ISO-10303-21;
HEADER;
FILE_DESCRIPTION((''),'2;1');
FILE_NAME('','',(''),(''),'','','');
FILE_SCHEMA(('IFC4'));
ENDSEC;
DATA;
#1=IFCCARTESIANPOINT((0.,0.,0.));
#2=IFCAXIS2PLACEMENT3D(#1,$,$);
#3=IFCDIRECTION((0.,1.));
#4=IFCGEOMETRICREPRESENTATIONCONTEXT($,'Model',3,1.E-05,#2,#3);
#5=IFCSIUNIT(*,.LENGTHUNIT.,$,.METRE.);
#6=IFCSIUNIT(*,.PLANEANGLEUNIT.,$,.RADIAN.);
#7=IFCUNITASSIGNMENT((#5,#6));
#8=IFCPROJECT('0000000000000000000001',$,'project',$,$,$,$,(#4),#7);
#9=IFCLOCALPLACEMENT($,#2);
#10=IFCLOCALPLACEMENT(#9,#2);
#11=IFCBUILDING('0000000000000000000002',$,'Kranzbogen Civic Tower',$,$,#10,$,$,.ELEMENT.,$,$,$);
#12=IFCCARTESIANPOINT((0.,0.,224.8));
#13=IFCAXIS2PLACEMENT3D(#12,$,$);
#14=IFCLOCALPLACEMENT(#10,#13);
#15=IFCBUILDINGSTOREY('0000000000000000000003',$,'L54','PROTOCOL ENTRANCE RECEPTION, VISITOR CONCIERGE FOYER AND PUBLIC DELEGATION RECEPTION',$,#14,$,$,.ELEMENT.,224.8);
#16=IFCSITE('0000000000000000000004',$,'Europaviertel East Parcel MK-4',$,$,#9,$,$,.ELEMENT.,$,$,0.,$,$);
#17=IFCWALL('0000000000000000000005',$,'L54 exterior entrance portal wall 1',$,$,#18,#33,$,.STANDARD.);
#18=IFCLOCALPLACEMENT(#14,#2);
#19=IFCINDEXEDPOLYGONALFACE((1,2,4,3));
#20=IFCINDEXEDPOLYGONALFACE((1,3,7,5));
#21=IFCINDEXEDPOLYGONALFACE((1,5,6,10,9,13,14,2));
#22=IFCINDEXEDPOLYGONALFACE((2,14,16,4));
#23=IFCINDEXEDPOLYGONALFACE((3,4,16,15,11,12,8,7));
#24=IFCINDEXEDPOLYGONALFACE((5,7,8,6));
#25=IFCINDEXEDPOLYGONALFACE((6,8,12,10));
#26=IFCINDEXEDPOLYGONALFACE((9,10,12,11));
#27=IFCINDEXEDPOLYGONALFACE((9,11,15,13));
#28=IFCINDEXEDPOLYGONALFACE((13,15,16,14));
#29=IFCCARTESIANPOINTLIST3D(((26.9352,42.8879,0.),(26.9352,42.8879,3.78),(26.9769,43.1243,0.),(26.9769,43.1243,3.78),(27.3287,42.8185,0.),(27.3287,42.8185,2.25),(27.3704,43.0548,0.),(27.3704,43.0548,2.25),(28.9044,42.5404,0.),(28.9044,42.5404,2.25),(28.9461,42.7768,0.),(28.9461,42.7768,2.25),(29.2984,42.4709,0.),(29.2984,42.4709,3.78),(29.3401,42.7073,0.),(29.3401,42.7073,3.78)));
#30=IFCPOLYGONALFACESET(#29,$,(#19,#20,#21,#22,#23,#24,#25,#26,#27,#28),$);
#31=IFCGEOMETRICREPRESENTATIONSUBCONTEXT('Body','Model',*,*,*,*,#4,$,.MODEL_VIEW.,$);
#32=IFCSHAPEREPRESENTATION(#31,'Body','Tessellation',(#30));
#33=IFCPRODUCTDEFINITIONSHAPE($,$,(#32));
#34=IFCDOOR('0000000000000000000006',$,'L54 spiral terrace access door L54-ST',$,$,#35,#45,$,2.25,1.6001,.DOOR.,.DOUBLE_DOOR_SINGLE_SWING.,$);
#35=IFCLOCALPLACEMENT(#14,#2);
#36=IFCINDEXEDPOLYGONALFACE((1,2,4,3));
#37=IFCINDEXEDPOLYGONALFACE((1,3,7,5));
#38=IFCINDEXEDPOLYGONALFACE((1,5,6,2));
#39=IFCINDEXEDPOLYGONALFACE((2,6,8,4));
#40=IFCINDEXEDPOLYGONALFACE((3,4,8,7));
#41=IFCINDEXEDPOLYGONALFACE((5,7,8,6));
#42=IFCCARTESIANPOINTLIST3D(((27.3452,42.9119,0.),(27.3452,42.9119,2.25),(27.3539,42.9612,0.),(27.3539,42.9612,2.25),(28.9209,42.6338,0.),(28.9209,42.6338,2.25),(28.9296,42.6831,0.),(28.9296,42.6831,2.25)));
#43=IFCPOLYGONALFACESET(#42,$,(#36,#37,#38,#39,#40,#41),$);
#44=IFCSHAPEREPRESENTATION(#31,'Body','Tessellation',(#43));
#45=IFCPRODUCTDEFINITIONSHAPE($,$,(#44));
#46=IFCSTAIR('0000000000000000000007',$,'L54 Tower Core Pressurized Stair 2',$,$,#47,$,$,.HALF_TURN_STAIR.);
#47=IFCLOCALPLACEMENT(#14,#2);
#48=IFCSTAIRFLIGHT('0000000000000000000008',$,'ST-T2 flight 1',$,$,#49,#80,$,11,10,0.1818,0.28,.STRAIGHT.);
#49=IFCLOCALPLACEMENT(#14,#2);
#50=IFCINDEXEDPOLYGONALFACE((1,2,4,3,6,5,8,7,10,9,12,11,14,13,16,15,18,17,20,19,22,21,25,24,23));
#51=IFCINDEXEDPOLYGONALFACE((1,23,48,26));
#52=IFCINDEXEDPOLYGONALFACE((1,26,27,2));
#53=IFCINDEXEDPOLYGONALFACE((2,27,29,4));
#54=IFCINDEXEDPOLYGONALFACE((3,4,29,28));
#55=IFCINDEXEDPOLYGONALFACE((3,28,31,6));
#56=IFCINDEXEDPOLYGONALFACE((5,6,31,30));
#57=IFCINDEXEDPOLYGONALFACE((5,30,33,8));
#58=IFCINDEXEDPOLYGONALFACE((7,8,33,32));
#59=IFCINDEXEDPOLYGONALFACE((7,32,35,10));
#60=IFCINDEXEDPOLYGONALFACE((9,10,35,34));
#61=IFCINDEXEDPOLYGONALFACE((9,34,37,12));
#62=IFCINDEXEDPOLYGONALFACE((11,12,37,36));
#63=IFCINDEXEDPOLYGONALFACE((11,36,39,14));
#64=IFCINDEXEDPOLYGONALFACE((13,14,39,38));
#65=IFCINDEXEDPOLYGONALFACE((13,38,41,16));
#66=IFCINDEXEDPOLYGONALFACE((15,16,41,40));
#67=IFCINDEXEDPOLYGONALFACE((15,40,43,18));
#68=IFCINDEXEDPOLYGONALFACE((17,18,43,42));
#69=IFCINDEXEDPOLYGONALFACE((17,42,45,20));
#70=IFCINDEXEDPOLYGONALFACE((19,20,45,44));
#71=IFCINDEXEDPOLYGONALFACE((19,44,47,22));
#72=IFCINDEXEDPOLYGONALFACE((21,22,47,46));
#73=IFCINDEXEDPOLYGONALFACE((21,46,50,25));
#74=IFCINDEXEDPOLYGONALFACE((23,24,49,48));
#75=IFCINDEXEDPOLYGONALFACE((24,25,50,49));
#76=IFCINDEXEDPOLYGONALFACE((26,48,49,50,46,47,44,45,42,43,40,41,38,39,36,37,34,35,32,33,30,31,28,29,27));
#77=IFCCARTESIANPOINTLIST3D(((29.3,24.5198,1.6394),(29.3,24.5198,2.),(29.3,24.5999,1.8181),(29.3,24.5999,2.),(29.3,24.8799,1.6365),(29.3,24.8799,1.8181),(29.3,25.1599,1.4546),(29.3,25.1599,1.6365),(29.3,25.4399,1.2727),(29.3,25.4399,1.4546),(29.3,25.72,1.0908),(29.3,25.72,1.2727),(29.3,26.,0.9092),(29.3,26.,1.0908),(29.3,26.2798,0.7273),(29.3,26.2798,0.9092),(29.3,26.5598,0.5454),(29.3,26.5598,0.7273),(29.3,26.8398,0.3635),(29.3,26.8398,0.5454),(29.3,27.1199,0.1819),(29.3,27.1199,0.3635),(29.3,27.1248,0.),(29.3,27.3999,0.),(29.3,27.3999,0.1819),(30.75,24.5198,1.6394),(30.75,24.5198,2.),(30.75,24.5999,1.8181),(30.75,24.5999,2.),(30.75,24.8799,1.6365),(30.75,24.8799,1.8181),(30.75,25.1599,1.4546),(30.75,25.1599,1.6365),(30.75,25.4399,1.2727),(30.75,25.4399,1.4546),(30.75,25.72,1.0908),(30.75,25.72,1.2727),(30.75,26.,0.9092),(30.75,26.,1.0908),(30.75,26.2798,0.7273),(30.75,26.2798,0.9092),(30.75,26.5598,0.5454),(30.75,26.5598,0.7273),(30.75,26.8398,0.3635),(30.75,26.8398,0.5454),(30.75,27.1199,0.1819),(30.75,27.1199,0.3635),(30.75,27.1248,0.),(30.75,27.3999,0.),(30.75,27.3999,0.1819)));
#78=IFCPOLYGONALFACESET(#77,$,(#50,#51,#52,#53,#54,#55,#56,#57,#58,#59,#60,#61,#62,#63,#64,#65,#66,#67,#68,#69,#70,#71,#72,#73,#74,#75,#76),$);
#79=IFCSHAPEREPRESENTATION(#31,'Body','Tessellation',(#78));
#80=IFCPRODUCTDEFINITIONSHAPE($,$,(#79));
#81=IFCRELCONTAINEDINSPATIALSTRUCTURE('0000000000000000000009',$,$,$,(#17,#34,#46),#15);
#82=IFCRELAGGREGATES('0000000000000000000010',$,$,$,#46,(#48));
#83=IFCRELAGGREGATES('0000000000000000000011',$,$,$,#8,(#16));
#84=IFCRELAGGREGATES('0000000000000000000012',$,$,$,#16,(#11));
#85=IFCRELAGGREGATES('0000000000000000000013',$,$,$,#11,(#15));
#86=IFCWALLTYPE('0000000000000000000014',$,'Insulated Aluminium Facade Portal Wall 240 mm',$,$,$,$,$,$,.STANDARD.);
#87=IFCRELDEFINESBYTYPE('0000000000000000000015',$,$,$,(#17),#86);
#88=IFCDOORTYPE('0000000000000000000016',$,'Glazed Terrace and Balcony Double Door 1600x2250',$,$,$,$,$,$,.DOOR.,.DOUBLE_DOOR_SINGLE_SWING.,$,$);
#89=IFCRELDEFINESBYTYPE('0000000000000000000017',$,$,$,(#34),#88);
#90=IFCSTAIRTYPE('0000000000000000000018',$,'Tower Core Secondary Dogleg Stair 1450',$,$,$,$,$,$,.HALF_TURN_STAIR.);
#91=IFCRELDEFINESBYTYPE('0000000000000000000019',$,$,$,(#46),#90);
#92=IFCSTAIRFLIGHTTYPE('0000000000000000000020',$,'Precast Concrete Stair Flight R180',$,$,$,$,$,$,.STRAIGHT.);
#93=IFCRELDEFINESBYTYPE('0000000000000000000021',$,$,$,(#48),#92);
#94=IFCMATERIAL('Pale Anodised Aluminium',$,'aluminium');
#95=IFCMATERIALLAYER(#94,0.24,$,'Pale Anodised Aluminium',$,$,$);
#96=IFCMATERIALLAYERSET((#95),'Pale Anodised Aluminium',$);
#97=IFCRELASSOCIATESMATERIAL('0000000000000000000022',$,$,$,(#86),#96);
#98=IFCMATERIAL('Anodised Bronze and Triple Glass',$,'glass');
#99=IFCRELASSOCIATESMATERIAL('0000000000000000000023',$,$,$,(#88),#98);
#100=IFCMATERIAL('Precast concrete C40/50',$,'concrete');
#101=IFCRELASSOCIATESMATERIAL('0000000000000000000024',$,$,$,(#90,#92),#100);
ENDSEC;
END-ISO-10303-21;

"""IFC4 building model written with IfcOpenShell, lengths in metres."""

from ifc_helpers import new_model, si_unit, direction, frame, frame_2d, origin, place, context, subcontext, project, spatial, polyline, rectangle, outline, extrude, material, layer, layer_set, type_object, element, fill, aggregate, save


model = new_model("IFC4")

# Units and contexts
model_context = context("Model", 3, precision=1e-05, world=origin(), true_north=direction((0.0, 1.0)))
body_context = subcontext(model_context, "Body", "Model", "MODEL_VIEW")
ifc_project = project(units=[si_unit("LENGTHUNIT", "METRE"), si_unit("PLANEANGLEUNIT", "RADIAN")], contexts=[model_context])

# Site, building, storey
site_placement = place(None, origin())
site = spatial("IfcSite", under=ifc_project, at=site_placement, Name="Europaviertel East Parcel MK-4", CompositionType="ELEMENT", RefElevation=0.0)
building_placement = place(site_placement, origin())
building = spatial("IfcBuilding", under=site, at=building_placement, Name="Kranzbogen Civic Tower", CompositionType="ELEMENT")
storey_placement = place(building_placement, frame((0.0, 0.0, 224.8)))
storey = spatial("IfcBuildingStorey", under=building, at=storey_placement, Name="L54", Description="PROTOCOL ENTRANCE RECEPTION, VISITOR CONCIERGE FOYER AND PUBLIC DELEGATION RECEPTION", CompositionType="ELEMENT", Elevation=224.8)

# Shared definitions
ifc_material_1 = material(Name="Pale Anodised Aluminium", Category="aluminium")

# Wall, opening, door
ifc_layer_1 = layer(ifc_material_1, 0.24, Name="Pale Anodised Aluminium")
ifc_layer_set_1 = layer_set([ifc_layer_1], Name="Pale Anodised Aluminium")
wall_type_1 = type_object("IfcWallType", Name="Insulated Aluminium Facade Portal Wall 240 mm", PredefinedType="STANDARD", material=ifc_layer_set_1)
wall_1_placement = place(storey_placement, frame((29.3191, 42.5891, 0.0), z_axis=(0.0, 0.0, 1.0), x_axis=(-0.984785, 0.17378, 0.0)))
wall_1 = element("IfcWall", 1, at=wall_1_placement, inside=storey, type_object=wall_type_1, Name="L54 exterior entrance portal wall 1", PredefinedType="STANDARD", context=body_context, shape_type="SweptSolid", body=[
    extrude(rectangle(XDim=2.3997, YDim=0.24, at=frame_2d((1.1997, 0.0))), origin(), (0.0, 0.0, 1.0), 3.78),
])
opening_1_placement = place(wall_1_placement, frame((0.3999, 0.0, 0.0)))
opening_1 = element("IfcOpeningElement", 2, at=opening_1_placement, cuts=wall_1, PredefinedType="OPENING", context=body_context, shape_type="SweptSolid", body=[
    extrude(rectangle(XDim=1.6001, YDim=2.25, at=frame_2d((0.8, 1.125))), frame((0.0, 0.1299, 0.0), z_axis=(0.0, -1.0, 0.0), x_axis=(1.0, 0.0, 0.0)), (0.0, 0.0, 1.0), 0.26),
])
ifc_material_2 = material(Name="Anodised Bronze and Triple Glass", Category="glass")
door_type_1 = type_object("IfcDoorType", Name="Glazed Terrace and Balcony Double Door 1600x2250", OperationType="DOUBLE_DOOR_SINGLE_SWING", PredefinedType="DOOR", material=ifc_material_2)
door_1_placement = place(opening_1_placement, frame((1.6001, 0.0, 0.0), z_axis=(0.0, 0.0, 1.0), x_axis=(-1.0, 0.0, 0.0)))
door_1 = element("IfcDoor", 3, at=door_1_placement, inside=storey, type_object=door_type_1, Name="L54 spiral terrace access door L54-ST", OperationType="DOUBLE_DOOR_SINGLE_SWING", OverallHeight=2.25, OverallWidth=1.6001, PredefinedType="DOOR", context=body_context, shape_type="SweptSolid", body=[
    extrude(rectangle(XDim=1.6001, YDim=2.25, at=frame_2d((0.8, 1.125))), frame((0.0, 0.0249, 0.0), z_axis=(0.0, -1.0, 0.0), x_axis=(1.0, 0.0, 0.0)), (0.0, 0.0, 1.0), 0.05),
])
fill(opening_1, door_1)

# Stair, stair flight
ifc_material_3 = material(Name="Precast concrete C40/50", Category="concrete")
stair_type = type_object("IfcStairType", Name="Tower Core Secondary Dogleg Stair 1450", PredefinedType="HALF_TURN_STAIR", material=ifc_material_3)
stair_placement = place(storey_placement, origin())
stair = element("IfcStair", 4, at=stair_placement, inside=storey, type_object=stair_type, Name="L54 Tower Core Pressurized Stair 2", PredefinedType="HALF_TURN_STAIR")
stair_flight_type = type_object("IfcStairFlightType", Name="Precast Concrete Stair Flight R180", PredefinedType="STRAIGHT", material=ifc_material_3)
stair_flight_placement = place(storey_placement, frame((30.0249, 27.3999, 0.0), z_axis=(0.0, 0.0, 1.0), x_axis=(0.0, -1.0, 0.0)))
stair_flight = element("IfcStairFlight", 5, at=stair_flight_placement, type_object=stair_flight_type, Name="ST-T2 flight 1", NumberOfRisers=11, NumberOfTreads=10, PredefinedType="STRAIGHT", RiserHeight=0.1818, TreadLength=0.28, context=body_context, shape_type="SweptSolid", body=[
    extrude(outline(polyline([(0.0, 0.0), (0.0, 0.1819), (0.28, 0.1819), (0.28, 0.3635), (0.5601, 0.3635), (0.5601, 0.5454), (0.8401, 0.5454), (0.8401, 0.7273), (1.1201, 0.7273), (1.1201, 0.9092), (1.3999, 0.9092), (1.3999, 1.0908), (1.6799, 1.0908), (1.6799, 1.2727), (1.96, 1.2727), (1.96, 1.4546), (2.24, 1.4546), (2.24, 1.6365), (2.52, 1.6365), (2.52, 1.8181), (2.8, 1.8181), (2.8, 2.0), (2.8801, 2.0), (2.8801, 1.6394), (0.2751, 0.0), (0.0, 0.0)])), frame((0.0, 0.7251, 0.0), z_axis=(0.0, -1.0, 0.0), x_axis=(1.0, 0.0, 0.0)), (0.0, 0.0, 1.0), 1.45),
])
aggregate(stair, [stair_flight])

save(model, "model.ifc")
